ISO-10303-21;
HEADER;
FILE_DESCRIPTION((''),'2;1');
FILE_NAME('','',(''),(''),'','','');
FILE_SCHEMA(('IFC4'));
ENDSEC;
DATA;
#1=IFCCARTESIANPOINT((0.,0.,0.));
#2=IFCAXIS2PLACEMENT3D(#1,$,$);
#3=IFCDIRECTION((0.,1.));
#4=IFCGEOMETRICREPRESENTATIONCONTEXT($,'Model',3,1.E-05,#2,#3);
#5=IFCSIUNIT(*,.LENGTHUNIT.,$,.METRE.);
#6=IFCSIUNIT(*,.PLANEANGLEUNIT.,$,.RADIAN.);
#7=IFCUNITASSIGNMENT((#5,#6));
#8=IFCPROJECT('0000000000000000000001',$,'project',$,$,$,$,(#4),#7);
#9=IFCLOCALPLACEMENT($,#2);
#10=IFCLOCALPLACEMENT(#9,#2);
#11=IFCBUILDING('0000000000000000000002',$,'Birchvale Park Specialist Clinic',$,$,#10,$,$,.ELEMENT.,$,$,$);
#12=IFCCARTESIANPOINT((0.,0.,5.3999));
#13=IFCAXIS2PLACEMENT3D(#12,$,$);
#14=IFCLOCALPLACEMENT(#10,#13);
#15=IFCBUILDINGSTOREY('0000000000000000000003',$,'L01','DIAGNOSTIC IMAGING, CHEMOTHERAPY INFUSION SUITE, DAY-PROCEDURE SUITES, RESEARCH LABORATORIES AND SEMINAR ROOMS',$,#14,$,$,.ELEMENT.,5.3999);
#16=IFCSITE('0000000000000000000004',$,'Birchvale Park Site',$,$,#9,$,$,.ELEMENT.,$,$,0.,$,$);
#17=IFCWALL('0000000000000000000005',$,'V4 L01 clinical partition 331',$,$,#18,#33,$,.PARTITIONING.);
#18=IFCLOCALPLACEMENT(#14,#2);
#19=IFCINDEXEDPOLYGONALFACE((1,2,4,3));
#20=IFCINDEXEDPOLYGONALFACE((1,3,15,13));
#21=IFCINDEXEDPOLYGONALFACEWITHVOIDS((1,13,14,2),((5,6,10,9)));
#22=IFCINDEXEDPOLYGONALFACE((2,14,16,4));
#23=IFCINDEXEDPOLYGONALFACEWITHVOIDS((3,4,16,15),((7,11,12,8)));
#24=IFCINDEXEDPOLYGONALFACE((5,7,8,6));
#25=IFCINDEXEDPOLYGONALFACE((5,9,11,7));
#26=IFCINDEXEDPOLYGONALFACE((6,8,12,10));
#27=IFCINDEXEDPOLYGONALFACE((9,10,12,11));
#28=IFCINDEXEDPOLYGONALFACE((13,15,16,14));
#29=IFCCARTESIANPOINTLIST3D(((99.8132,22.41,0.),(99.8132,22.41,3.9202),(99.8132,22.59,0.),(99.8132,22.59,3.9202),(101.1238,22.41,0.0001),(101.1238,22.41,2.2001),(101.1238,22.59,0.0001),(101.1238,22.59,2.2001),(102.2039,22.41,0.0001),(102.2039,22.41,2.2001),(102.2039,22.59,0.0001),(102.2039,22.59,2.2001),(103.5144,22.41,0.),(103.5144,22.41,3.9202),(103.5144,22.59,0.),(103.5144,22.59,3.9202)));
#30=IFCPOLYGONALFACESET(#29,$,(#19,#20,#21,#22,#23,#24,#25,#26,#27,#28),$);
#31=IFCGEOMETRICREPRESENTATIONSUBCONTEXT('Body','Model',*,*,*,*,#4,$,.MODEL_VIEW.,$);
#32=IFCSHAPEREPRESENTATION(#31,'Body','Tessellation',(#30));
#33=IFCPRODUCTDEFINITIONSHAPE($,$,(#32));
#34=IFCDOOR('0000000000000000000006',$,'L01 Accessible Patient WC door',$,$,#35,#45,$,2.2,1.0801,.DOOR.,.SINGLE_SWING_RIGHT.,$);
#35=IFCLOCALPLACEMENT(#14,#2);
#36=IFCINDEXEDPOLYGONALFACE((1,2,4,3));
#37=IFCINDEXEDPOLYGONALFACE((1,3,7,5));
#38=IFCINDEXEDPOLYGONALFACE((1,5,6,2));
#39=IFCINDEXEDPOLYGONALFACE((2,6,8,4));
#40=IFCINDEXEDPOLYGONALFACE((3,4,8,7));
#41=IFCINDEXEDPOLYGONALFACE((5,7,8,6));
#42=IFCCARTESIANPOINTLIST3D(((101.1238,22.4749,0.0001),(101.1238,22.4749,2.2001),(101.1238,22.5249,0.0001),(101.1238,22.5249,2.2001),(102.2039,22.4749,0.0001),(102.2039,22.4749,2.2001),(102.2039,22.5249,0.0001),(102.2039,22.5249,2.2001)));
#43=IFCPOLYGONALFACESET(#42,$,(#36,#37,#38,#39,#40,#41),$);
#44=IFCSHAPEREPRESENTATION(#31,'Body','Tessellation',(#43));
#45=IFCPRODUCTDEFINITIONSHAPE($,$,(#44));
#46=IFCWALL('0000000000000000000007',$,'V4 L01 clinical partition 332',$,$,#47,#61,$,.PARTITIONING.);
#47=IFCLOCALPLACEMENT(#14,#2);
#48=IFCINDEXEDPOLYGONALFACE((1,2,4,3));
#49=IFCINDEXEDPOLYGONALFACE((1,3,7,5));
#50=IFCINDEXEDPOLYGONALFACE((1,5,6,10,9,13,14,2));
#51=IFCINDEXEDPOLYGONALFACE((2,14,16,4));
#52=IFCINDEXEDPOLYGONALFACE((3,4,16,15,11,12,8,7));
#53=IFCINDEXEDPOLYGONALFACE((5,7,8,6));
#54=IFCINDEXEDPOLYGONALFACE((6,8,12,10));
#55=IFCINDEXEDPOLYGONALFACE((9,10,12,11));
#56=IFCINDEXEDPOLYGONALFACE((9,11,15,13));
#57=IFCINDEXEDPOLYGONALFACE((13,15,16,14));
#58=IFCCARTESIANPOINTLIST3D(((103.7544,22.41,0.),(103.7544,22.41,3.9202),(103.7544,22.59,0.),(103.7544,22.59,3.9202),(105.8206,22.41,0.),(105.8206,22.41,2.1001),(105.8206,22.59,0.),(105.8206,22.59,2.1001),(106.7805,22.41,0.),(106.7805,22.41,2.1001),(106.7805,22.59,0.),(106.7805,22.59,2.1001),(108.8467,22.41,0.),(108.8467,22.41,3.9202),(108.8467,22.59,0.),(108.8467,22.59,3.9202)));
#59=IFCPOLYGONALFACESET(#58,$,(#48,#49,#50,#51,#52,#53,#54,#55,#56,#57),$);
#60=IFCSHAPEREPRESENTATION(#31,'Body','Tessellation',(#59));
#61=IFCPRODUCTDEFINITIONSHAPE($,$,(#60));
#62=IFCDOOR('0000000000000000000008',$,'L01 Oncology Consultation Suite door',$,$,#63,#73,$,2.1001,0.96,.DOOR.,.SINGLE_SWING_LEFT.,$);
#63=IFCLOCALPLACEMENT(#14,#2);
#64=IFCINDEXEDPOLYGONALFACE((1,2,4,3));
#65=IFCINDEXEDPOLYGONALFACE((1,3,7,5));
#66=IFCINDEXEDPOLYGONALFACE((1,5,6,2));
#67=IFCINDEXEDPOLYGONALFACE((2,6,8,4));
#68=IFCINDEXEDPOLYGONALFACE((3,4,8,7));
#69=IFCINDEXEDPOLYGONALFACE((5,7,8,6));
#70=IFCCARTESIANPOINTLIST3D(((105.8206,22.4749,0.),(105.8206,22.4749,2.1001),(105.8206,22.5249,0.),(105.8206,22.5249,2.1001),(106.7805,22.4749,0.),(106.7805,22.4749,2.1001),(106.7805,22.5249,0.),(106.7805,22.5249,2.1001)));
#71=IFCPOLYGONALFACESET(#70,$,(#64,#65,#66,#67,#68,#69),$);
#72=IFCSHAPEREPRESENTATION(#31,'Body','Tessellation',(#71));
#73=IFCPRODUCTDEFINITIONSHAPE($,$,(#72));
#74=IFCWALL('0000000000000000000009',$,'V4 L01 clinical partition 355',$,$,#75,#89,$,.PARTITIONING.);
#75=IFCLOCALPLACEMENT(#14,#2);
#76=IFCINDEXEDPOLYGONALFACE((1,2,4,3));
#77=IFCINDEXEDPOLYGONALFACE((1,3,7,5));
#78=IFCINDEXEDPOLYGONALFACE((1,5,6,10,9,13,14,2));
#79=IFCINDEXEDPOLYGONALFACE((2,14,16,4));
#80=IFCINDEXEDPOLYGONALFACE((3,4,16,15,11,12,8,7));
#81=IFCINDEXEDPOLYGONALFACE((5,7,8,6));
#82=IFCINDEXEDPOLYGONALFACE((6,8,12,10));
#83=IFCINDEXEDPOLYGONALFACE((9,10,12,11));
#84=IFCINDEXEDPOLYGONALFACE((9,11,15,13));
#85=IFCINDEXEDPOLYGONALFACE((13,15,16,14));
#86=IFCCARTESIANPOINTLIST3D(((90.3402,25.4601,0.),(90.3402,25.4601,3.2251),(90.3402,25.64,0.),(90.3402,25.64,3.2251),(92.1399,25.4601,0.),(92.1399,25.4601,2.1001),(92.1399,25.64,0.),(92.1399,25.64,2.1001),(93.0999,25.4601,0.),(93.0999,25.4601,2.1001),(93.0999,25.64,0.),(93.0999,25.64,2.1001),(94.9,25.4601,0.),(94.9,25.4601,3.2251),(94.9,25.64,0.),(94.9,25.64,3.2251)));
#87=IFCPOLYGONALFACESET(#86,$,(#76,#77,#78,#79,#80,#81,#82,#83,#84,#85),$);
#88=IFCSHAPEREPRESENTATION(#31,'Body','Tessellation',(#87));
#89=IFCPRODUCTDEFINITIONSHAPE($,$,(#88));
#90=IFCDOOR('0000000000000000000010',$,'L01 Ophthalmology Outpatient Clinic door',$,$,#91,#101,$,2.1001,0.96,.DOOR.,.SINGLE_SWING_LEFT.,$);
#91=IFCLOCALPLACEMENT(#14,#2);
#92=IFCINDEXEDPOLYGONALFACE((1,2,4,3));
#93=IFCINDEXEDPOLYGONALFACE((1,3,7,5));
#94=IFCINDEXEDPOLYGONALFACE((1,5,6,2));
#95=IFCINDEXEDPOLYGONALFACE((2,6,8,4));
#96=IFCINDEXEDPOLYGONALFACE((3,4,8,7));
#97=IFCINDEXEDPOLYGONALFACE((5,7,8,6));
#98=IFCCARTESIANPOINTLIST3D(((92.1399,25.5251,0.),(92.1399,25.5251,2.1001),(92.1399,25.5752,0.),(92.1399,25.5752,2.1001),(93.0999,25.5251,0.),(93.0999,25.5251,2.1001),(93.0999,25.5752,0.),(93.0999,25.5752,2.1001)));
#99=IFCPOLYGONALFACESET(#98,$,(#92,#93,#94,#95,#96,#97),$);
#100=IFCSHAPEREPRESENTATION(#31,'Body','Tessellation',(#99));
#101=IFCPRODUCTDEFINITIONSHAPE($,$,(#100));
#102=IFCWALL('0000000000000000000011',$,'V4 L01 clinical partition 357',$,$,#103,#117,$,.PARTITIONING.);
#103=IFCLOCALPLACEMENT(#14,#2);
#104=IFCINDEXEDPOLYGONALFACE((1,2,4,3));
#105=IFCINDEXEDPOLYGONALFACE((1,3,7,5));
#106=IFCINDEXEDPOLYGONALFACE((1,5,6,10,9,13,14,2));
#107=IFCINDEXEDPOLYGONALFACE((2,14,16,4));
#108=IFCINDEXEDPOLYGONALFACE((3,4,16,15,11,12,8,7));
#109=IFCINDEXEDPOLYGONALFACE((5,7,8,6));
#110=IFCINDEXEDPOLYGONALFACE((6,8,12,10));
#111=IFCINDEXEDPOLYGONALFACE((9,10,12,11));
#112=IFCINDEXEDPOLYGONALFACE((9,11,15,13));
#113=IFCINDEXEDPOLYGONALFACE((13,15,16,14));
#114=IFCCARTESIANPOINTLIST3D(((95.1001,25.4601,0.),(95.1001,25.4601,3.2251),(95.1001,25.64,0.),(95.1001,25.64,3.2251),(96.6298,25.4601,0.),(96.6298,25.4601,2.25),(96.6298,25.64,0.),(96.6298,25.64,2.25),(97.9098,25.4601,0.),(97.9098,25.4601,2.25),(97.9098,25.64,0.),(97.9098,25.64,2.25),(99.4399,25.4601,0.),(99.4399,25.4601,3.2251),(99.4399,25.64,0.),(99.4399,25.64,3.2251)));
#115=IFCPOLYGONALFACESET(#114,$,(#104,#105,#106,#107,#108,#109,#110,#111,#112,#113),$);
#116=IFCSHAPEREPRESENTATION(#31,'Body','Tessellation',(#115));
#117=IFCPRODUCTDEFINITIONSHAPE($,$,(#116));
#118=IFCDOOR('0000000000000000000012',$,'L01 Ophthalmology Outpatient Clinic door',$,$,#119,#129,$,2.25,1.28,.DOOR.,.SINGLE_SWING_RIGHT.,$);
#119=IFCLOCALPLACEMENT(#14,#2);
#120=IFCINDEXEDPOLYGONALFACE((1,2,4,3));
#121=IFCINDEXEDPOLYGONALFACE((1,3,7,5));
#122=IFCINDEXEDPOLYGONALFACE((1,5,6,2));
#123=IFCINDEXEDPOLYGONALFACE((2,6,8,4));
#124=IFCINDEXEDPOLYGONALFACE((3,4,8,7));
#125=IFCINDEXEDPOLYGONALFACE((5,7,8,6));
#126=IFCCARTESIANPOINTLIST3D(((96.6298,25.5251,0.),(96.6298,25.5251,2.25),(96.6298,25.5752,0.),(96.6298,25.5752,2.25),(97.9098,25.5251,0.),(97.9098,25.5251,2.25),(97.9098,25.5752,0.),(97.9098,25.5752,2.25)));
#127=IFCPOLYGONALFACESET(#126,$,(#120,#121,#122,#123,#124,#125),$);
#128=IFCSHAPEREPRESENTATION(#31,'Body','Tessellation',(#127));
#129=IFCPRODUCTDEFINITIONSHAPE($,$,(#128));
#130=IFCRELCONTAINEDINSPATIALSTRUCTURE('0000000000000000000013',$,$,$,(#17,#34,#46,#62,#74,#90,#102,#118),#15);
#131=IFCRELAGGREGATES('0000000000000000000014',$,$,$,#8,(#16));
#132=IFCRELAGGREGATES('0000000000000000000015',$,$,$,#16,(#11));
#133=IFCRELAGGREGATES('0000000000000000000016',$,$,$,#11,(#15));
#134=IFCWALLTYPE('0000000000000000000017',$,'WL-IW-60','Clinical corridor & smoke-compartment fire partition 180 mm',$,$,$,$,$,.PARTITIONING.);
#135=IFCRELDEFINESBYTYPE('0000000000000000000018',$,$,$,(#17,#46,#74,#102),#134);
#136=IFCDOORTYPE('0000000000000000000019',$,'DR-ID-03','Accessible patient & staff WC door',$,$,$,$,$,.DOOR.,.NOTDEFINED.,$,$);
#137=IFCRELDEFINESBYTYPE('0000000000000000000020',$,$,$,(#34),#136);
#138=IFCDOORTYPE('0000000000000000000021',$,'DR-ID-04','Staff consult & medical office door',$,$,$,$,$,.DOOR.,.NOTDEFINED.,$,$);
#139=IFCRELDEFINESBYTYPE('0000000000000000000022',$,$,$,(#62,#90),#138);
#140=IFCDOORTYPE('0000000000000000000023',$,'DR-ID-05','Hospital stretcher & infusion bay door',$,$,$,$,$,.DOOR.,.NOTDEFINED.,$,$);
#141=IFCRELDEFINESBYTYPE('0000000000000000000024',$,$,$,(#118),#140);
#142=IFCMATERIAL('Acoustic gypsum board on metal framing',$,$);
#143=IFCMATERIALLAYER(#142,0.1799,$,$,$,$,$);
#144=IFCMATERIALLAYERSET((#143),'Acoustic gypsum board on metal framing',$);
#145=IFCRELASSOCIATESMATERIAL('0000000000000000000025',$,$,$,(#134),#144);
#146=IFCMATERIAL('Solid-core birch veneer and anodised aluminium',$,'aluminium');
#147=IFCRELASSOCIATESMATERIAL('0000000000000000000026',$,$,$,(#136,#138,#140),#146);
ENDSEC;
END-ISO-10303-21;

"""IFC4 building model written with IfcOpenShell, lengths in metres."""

from ifc_helpers import new_model, si_unit, direction, frame, frame_2d, origin, place, context, subcontext, project, spatial, rectangle, extrude, material, layer, layer_set, type_object, element, fill, save


model = new_model("IFC4")

# Units and contexts
model_context = context("Model", 3, precision=1e-05, world=origin(), true_north=direction((0.0, 1.0)))
body_context = subcontext(model_context, "Body", "Model", "MODEL_VIEW")
ifc_project = project(units=[si_unit("LENGTHUNIT", "METRE"), si_unit("PLANEANGLEUNIT", "RADIAN")], contexts=[model_context])

# Site, building, storey
site_placement = place(None, origin())
site = spatial("IfcSite", under=ifc_project, at=site_placement, Name="Birchvale Park Site", CompositionType="ELEMENT", RefElevation=0.0)
building_placement = place(site_placement, origin())
building = spatial("IfcBuilding", under=site, at=building_placement, Name="Birchvale Park Specialist Clinic", CompositionType="ELEMENT")
storey_placement = place(building_placement, frame((0.0, 0.0, 5.3999)))
storey = spatial("IfcBuildingStorey", under=building, at=storey_placement, Name="L01", Description="DIAGNOSTIC IMAGING, CHEMOTHERAPY INFUSION SUITE, DAY-PROCEDURE SUITES, RESEARCH LABORATORIES AND SEMINAR ROOMS", CompositionType="ELEMENT", Elevation=5.3999)

# Shared definitions
ifc_material_1 = material(Name="Acoustic gypsum board on metal framing")

# Walls, openings, doors
ifc_layer_1 = layer(ifc_material_1, 0.1799)
ifc_layer_set_1 = layer_set([ifc_layer_1], Name="Acoustic gypsum board on metal framing")
wall_type_1 = type_object("IfcWallType", Name="WL-IW-60", Description="Clinical corridor & smoke-compartment fire partition 180 mm", PredefinedType="PARTITIONING", material=ifc_layer_set_1)
wall_1_placement = place(storey_placement, frame((99.8132, 22.5, 0.0), z_axis=(0.0, 0.0, 1.0), x_axis=(1.0, 0.0, 0.0)))
wall_1 = element("IfcWall", 1, at=wall_1_placement, inside=storey, type_object=wall_type_1, Name="V4 L01 clinical partition 331", PredefinedType="PARTITIONING", context=body_context, shape_type="SweptSolid", body=[
    extrude(rectangle(XDim=3.7012, YDim=0.1799, at=frame_2d((1.8506, 0.0))), origin(), (0.0, 0.0, 1.0), 3.9202),
])
opening_1_placement = place(wall_1_placement, frame((1.3105, 0.0, 0.0)))
opening_1 = element("IfcOpeningElement", 2, at=opening_1_placement, cuts=wall_1, PredefinedType="OPENING", context=body_context, shape_type="SweptSolid", body=[
    extrude(rectangle(XDim=1.0801, YDim=2.2, at=frame_2d((0.54, 1.1001))), frame((0.0, 0.1001, 0.0), z_axis=(0.0, -1.0, 0.0), x_axis=(1.0, 0.0, 0.0)), (0.0, 0.0, 1.0), 0.2),
])
ifc_material_2 = material(Name="Solid-core birch veneer and anodised aluminium", Category="aluminium")
door_type_1 = type_object("IfcDoorType", Name="DR-ID-03", Description="Accessible patient & staff WC door", OperationType="NOTDEFINED", PredefinedType="DOOR", material=ifc_material_2)
door_1_placement = place(opening_1_placement, origin())
door_1 = element("IfcDoor", 3, at=door_1_placement, inside=storey, type_object=door_type_1, Name="L01 Accessible Patient WC door", OperationType="SINGLE_SWING_RIGHT", OverallHeight=2.2, OverallWidth=1.0801, PredefinedType="DOOR", context=body_context, shape_type="SweptSolid", body=[
    extrude(rectangle(XDim=1.0801, YDim=2.2, at=frame_2d((0.54, 1.1001))), frame((0.0, 0.0249, 0.0), z_axis=(0.0, -1.0, 0.0), x_axis=(1.0, 0.0, 0.0)), (0.0, 0.0, 1.0), 0.05),
])
fill(opening_1, door_1)
wall_2_placement = place(storey_placement, frame((103.7544, 22.5, 0.0), z_axis=(0.0, 0.0, 1.0), x_axis=(1.0, 0.0, 0.0)))
wall_2 = element("IfcWall", 4, at=wall_2_placement, inside=storey, type_object=wall_type_1, Name="V4 L01 clinical partition 332", PredefinedType="PARTITIONING", context=body_context, shape_type="SweptSolid", body=[
    extrude(rectangle(XDim=5.0923, YDim=0.1799, at=frame_2d((2.5461, 0.0))), origin(), (0.0, 0.0, 1.0), 3.9202),
])
opening_2_placement = place(wall_2_placement, frame((2.0662, 0.0, 0.0)))
opening_2 = element("IfcOpeningElement", 5, at=opening_2_placement, cuts=wall_2, PredefinedType="OPENING", context=body_context, shape_type="SweptSolid", body=[
    extrude(rectangle(XDim=0.96, YDim=2.1001, at=frame_2d((0.48, 1.05))), frame((0.0, 0.1001, 0.0), z_axis=(0.0, -1.0, 0.0), x_axis=(1.0, 0.0, 0.0)), (0.0, 0.0, 1.0), 0.2),
])
door_type_2 = type_object("IfcDoorType", Name="DR-ID-04", Description="Staff consult & medical office door", OperationType="NOTDEFINED", PredefinedType="DOOR", material=ifc_material_2)
door_2_placement = place(opening_2_placement, origin())
door_2 = element("IfcDoor", 6, at=door_2_placement, inside=storey, type_object=door_type_2, Name="L01 Oncology Consultation Suite door", OperationType="SINGLE_SWING_LEFT", OverallHeight=2.1001, OverallWidth=0.96, PredefinedType="DOOR", context=body_context, shape_type="SweptSolid", body=[
    extrude(rectangle(XDim=0.96, YDim=2.1001, at=frame_2d((0.48, 1.05))), frame((0.0, 0.0249, 0.0), z_axis=(0.0, -1.0, 0.0), x_axis=(1.0, 0.0, 0.0)), (0.0, 0.0, 1.0), 0.05),
])
fill(opening_2, door_2)
wall_3_placement = place(storey_placement, frame((94.8999, 25.55, 0.0), z_axis=(0.0, 0.0, 1.0), x_axis=(-1.0, 0.0, 0.0)))
wall_3 = element("IfcWall", 7, at=wall_3_placement, inside=storey, type_object=wall_type_1, Name="V4 L01 clinical partition 355", PredefinedType="PARTITIONING", context=body_context, shape_type="SweptSolid", body=[
    extrude(rectangle(XDim=4.5598, YDim=0.1799, at=frame_2d((2.2798, 0.0))), origin(), (0.0, 0.0, 1.0), 3.2251),
])
opening_3_placement = place(wall_3_placement, frame((1.8, 0.0, 0.0)))
opening_3 = element("IfcOpeningElement", 8, at=opening_3_placement, cuts=wall_3, PredefinedType="OPENING", context=body_context, shape_type="SweptSolid", body=[
    extrude(rectangle(XDim=0.96, YDim=2.1001, at=frame_2d((0.48, 1.05))), frame((0.0, 0.1001, 0.0), z_axis=(0.0, -1.0, 0.0), x_axis=(1.0, 0.0, 0.0)), (0.0, 0.0, 1.0), 0.2),
])
door_3_placement = place(opening_3_placement, origin())
door_3 = element("IfcDoor", 9, at=door_3_placement, inside=storey, type_object=door_type_2, Name="L01 Ophthalmology Outpatient Clinic door", OperationType="SINGLE_SWING_LEFT", OverallHeight=2.1001, OverallWidth=0.96, PredefinedType="DOOR", context=body_context, shape_type="SweptSolid", body=[
    extrude(rectangle(XDim=0.96, YDim=2.1001, at=frame_2d((0.48, 1.05))), frame((0.0, 0.0249, 0.0), z_axis=(0.0, -1.0, 0.0), x_axis=(1.0, 0.0, 0.0)), (0.0, 0.0, 1.0), 0.05),
])
fill(opening_3, door_3)
wall_4_placement = place(storey_placement, frame((99.4399, 25.55, 0.0), z_axis=(0.0, 0.0, 1.0), x_axis=(-1.0, 0.0, 0.0)))
wall_4 = element("IfcWall", 10, at=wall_4_placement, inside=storey, type_object=wall_type_1, Name="V4 L01 clinical partition 357", PredefinedType="PARTITIONING", context=body_context, shape_type="SweptSolid", body=[
    extrude(rectangle(XDim=4.3398, YDim=0.1799, at=frame_2d((2.1699, 0.0))), origin(), (0.0, 0.0, 1.0), 3.2251),
])
opening_4_placement = place(wall_4_placement, frame((1.53, 0.0, 0.0)))
opening_4 = element("IfcOpeningElement", 11, at=opening_4_placement, cuts=wall_4, PredefinedType="OPENING", context=body_context, shape_type="SweptSolid", body=[
    extrude(rectangle(XDim=1.28, YDim=2.25, at=frame_2d((0.6401, 1.125))), frame((0.0, 0.1001, 0.0), z_axis=(0.0, -1.0, 0.0), x_axis=(1.0, 0.0, 0.0)), (0.0, 0.0, 1.0), 0.2),
])
door_type_3 = type_object("IfcDoorType", Name="DR-ID-05", Description="Hospital stretcher & infusion bay door", OperationType="NOTDEFINED", PredefinedType="DOOR", material=ifc_material_2)
door_4_placement = place(opening_4_placement, origin())
door_4 = element("IfcDoor", 12, at=door_4_placement, inside=storey, type_object=door_type_3, Name="L01 Ophthalmology Outpatient Clinic door", OperationType="SINGLE_SWING_RIGHT", OverallHeight=2.25, OverallWidth=1.28, PredefinedType="DOOR", context=body_context, shape_type="SweptSolid", body=[
    extrude(rectangle(XDim=1.28, YDim=2.25, at=frame_2d((0.6401, 1.125))), frame((0.0, 0.0249, 0.0), z_axis=(0.0, -1.0, 0.0), x_axis=(1.0, 0.0, 0.0)), (0.0, 0.0, 1.0), 0.05),
])
fill(opening_4, door_4)

save(model, "model.ifc")
